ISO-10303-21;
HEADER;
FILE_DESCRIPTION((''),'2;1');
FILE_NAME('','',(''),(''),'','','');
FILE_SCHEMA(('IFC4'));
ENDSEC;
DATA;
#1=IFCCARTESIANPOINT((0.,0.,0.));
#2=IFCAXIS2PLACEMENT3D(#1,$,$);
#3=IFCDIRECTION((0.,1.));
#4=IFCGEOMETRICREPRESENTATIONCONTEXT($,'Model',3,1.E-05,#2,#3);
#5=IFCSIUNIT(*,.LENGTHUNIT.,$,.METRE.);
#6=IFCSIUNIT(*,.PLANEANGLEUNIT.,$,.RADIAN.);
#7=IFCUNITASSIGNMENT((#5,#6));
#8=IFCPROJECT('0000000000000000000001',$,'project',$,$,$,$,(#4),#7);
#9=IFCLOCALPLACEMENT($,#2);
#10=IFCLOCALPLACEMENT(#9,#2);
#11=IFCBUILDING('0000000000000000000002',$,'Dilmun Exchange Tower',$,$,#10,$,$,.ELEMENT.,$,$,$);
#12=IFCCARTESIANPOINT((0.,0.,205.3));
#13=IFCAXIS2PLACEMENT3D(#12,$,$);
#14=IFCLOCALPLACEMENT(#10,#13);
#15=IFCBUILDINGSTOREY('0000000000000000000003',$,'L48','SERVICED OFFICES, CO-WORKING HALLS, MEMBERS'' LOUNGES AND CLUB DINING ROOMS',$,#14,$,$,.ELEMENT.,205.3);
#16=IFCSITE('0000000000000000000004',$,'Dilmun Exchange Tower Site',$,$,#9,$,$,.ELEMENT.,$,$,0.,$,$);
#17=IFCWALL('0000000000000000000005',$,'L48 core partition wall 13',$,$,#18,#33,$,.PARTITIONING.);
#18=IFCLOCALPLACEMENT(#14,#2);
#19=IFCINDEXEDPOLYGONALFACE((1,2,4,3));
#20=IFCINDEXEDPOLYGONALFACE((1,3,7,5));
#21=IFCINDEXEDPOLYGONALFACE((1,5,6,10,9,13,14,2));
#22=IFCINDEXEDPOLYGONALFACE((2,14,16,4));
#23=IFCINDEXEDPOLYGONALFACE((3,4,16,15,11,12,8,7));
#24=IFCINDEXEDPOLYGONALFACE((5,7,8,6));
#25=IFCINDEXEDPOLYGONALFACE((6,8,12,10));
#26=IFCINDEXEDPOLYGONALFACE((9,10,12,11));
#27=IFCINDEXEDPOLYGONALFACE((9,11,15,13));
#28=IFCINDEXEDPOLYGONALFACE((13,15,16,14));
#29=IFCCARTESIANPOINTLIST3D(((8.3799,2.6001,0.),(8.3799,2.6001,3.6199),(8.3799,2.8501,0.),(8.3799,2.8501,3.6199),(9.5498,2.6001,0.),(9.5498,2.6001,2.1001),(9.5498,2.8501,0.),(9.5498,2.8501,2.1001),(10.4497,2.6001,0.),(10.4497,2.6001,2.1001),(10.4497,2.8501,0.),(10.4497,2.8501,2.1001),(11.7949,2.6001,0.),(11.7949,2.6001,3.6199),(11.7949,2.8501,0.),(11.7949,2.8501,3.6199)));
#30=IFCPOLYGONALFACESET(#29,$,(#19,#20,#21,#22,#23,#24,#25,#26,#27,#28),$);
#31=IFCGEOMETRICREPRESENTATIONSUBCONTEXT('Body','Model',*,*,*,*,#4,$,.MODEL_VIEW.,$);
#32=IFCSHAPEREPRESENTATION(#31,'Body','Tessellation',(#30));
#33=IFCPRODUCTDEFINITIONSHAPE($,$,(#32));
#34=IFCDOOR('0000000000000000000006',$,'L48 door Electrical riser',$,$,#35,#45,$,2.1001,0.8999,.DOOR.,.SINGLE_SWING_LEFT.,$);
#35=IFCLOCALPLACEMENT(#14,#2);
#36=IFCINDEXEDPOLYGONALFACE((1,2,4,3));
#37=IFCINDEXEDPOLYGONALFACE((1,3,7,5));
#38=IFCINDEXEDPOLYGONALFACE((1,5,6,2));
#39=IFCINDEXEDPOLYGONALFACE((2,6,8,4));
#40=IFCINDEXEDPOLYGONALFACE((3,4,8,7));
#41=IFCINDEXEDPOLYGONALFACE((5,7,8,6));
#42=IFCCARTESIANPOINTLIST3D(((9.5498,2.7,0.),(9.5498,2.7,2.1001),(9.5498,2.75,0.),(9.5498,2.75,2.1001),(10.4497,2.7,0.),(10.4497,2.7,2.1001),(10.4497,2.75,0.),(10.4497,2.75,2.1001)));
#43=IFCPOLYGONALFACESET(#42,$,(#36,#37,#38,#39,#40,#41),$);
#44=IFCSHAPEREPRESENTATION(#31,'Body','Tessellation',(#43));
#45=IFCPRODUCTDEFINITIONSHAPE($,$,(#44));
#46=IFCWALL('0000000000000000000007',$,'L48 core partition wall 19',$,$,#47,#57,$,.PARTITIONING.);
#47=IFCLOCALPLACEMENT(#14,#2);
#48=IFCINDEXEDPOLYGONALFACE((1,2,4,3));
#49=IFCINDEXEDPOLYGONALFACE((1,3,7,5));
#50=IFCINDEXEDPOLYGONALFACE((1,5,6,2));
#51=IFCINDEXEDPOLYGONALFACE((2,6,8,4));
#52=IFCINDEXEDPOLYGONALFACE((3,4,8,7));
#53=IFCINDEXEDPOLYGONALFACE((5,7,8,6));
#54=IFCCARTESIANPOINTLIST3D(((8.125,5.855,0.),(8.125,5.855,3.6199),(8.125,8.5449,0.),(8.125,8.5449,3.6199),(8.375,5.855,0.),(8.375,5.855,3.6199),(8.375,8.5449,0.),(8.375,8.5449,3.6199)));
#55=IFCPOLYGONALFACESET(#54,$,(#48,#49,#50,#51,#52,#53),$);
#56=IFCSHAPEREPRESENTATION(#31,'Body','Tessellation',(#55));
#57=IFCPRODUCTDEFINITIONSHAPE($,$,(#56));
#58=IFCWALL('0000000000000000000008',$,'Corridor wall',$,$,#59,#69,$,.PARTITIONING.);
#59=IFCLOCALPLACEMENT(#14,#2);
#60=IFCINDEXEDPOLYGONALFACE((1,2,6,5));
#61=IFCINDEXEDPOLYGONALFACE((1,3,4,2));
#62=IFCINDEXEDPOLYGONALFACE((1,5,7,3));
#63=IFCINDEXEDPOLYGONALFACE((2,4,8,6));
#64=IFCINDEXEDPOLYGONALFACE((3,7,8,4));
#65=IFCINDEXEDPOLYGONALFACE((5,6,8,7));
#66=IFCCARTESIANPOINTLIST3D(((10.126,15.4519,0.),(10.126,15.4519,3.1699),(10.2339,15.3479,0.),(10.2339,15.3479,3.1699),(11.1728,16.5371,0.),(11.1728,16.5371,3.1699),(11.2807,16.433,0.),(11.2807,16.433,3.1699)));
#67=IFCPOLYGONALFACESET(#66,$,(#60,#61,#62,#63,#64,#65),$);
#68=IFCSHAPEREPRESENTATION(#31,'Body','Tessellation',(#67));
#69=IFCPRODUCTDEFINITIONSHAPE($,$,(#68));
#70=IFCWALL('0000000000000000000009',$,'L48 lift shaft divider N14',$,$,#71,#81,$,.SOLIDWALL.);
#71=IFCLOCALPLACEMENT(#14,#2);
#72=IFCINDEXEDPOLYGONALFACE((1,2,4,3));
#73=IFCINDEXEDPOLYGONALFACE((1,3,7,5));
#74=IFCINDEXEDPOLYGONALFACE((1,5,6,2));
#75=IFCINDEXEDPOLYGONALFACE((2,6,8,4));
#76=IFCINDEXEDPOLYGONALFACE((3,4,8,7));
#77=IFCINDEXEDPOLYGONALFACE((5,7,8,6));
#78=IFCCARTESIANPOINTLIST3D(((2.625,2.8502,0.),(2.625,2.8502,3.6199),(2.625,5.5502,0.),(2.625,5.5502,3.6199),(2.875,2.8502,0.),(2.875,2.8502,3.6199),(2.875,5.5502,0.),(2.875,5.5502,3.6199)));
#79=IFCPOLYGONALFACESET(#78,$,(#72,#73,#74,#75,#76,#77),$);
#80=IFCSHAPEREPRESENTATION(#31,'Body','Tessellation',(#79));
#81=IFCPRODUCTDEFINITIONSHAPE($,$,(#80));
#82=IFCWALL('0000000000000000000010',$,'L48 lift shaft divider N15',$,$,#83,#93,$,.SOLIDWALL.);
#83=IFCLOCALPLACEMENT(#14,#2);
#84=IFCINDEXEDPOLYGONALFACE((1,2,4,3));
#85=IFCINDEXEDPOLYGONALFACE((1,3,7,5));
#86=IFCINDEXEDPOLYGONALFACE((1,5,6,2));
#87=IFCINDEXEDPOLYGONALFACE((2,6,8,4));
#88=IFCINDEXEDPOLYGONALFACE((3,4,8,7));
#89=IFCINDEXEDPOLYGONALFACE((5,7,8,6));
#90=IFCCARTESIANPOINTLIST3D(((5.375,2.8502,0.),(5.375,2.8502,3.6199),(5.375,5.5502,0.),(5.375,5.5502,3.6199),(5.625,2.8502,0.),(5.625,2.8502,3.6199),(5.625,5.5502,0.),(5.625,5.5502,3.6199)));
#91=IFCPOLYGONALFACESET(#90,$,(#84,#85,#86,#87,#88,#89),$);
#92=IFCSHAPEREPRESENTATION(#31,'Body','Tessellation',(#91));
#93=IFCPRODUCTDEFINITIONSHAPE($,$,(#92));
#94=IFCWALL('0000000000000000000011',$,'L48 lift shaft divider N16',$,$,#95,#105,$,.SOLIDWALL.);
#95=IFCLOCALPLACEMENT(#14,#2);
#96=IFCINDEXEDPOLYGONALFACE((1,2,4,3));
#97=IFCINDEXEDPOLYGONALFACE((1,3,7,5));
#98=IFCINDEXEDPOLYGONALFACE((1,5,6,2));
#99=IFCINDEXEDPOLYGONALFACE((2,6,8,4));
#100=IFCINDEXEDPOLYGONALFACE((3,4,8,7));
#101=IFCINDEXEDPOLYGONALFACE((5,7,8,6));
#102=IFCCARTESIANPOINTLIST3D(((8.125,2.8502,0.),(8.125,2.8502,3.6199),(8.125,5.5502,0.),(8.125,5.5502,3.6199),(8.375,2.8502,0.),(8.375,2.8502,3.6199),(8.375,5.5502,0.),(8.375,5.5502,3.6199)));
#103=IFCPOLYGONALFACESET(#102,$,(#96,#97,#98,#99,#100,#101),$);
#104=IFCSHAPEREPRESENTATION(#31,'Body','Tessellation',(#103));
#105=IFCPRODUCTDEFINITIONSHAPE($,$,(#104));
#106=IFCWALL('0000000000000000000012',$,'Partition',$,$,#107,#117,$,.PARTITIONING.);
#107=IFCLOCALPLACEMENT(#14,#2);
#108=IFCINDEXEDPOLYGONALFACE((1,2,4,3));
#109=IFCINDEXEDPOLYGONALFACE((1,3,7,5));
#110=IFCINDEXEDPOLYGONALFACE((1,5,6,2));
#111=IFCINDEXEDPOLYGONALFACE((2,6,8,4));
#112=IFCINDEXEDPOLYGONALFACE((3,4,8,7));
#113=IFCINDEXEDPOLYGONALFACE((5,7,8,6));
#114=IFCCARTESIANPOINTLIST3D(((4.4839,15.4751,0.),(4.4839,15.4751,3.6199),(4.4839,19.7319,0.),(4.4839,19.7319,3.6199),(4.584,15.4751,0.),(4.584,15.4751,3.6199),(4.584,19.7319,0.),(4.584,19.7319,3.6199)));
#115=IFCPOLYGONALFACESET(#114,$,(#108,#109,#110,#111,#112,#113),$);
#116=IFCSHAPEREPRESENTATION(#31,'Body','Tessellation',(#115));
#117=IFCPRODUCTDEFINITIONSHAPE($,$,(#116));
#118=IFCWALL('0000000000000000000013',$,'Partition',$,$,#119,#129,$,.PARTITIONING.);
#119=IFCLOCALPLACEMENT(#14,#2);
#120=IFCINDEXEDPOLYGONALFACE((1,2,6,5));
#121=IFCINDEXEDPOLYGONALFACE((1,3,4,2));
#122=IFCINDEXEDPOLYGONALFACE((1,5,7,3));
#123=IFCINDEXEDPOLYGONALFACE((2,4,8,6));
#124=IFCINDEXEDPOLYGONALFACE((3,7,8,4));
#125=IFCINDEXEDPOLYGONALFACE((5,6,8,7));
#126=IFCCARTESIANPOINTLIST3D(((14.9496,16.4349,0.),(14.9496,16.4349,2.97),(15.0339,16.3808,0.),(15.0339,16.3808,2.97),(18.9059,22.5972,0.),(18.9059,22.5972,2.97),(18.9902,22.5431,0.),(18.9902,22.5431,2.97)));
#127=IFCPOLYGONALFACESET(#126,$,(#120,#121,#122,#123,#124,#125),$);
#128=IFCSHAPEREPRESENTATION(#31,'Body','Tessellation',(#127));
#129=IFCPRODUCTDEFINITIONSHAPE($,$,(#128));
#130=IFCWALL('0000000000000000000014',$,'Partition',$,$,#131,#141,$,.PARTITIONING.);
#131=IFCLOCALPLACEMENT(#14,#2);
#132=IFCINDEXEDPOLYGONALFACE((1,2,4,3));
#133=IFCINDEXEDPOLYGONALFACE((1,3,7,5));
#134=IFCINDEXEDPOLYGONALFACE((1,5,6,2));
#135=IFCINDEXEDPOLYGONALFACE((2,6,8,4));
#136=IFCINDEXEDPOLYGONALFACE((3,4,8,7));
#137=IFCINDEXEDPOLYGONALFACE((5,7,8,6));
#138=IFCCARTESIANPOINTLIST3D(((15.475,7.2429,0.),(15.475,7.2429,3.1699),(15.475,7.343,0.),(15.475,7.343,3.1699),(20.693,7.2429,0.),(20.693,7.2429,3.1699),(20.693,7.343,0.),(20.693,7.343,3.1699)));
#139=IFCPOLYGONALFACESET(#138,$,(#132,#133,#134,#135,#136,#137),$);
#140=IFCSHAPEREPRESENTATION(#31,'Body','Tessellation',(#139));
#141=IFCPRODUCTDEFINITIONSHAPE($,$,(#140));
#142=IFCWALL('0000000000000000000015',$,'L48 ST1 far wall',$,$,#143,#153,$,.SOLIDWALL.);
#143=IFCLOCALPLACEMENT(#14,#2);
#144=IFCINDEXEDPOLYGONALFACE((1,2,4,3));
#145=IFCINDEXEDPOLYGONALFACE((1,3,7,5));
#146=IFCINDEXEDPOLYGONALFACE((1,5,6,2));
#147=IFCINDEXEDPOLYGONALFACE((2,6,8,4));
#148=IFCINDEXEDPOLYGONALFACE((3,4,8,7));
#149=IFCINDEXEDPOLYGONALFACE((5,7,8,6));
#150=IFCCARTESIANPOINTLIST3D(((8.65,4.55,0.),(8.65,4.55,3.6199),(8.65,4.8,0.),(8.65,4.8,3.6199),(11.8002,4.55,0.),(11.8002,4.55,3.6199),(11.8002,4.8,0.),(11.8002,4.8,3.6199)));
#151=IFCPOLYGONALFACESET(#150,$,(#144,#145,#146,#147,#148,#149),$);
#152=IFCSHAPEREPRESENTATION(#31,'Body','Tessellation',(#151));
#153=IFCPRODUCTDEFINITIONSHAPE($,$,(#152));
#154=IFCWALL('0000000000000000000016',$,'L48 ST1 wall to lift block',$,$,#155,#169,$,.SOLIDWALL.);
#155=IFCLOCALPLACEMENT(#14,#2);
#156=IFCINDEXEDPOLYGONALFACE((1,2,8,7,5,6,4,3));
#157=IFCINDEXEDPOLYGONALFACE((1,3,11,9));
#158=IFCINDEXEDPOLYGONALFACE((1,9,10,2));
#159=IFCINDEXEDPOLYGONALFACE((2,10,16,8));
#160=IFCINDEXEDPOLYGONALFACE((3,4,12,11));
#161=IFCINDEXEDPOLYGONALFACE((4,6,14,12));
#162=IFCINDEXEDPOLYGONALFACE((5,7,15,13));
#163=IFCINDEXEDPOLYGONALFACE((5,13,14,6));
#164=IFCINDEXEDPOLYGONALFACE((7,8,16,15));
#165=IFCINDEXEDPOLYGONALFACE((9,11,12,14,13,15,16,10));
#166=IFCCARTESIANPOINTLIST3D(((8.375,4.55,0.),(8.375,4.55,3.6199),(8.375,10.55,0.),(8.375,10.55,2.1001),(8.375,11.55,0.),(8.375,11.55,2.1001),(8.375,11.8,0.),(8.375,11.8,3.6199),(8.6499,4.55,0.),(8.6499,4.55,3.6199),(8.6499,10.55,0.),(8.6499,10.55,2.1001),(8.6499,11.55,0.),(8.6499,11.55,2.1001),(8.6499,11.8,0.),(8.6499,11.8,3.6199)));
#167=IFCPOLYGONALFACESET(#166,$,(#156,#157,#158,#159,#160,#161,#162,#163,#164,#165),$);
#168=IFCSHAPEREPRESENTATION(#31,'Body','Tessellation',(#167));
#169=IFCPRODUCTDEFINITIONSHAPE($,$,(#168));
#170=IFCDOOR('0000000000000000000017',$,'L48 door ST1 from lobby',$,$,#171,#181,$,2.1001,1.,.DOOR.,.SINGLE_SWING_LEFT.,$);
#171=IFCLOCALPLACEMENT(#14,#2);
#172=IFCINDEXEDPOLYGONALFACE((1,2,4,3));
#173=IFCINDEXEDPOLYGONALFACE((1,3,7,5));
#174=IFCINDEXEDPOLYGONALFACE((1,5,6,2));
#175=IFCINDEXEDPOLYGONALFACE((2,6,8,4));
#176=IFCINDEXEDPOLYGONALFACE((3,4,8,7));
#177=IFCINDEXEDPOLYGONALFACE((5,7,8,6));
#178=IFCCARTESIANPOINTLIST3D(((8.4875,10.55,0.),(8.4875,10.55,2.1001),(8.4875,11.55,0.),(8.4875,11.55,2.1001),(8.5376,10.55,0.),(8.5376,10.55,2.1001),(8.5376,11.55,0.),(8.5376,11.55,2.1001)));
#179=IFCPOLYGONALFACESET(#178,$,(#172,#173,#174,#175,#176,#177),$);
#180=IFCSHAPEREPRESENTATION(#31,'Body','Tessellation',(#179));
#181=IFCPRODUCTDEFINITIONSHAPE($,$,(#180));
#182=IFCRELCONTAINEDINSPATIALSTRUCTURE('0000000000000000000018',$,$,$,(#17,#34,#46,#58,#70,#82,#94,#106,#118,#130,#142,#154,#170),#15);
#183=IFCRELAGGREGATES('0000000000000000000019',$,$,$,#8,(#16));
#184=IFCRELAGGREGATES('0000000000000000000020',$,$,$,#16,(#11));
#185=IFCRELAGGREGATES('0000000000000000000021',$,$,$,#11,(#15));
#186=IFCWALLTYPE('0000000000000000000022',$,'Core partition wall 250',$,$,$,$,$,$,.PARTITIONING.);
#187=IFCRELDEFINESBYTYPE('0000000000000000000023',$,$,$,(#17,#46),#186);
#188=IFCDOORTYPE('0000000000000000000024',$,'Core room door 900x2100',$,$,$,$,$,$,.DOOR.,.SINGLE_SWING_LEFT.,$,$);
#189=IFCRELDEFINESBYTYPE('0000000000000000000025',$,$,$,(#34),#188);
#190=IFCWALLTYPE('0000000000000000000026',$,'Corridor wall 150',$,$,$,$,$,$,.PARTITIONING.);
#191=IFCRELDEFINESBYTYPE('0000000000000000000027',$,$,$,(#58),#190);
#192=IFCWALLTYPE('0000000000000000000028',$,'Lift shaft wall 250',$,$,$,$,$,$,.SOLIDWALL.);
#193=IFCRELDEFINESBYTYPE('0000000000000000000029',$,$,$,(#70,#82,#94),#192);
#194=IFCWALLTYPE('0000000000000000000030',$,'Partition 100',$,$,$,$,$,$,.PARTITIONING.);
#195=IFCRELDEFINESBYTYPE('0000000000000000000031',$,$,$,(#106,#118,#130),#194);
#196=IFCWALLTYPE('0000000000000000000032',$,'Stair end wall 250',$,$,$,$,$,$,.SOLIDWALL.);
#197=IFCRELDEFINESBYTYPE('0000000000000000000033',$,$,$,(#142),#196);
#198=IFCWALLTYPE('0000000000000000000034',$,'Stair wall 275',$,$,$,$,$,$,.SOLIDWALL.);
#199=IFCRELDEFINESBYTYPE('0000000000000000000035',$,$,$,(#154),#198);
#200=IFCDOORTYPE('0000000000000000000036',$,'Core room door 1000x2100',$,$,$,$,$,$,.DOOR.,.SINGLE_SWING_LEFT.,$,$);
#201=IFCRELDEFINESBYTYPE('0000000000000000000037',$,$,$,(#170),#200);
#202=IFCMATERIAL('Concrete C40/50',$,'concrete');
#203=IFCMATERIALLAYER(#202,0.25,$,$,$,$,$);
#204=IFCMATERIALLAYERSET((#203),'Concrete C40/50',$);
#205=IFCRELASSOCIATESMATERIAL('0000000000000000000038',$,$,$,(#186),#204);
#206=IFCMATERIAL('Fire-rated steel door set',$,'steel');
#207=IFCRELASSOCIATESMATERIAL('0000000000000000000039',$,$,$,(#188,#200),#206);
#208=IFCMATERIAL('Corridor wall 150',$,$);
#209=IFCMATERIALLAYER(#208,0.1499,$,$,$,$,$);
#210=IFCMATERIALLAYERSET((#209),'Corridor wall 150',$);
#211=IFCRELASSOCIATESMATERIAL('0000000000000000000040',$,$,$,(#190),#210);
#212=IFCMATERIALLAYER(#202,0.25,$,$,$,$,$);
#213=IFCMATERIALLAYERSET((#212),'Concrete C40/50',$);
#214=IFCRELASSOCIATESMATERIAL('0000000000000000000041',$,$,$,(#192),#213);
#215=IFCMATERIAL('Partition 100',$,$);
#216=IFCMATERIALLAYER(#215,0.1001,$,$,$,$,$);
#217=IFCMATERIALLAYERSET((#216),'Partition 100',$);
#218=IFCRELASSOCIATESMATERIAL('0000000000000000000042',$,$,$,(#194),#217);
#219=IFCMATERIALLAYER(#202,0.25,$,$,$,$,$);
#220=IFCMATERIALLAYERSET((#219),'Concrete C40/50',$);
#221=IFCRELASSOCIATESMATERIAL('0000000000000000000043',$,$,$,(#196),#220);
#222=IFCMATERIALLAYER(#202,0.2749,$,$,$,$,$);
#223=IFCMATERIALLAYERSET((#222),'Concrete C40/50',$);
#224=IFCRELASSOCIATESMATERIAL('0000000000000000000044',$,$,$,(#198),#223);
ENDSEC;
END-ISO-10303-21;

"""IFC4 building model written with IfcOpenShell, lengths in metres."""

from ifc_helpers import new_model, si_unit, direction, frame, frame_2d, origin, place, context, subcontext, project, spatial, rectangle, extrude, material, layer, layer_set, type_object, element, fill, save


model = new_model("IFC4")

# Units and contexts
model_context = context("Model", 3, precision=1e-05, world=origin(), true_north=direction((0.0, 1.0)))
body_context = subcontext(model_context, "Body", "Model", "MODEL_VIEW")
ifc_project = project(units=[si_unit("LENGTHUNIT", "METRE"), si_unit("PLANEANGLEUNIT", "RADIAN")], contexts=[model_context])

# Site, building, storey
site_placement = place(None, origin())
site = spatial("IfcSite", under=ifc_project, at=site_placement, Name="Dilmun Exchange Tower Site", CompositionType="ELEMENT", RefElevation=0.0)
building_placement = place(site_placement, origin())
building = spatial("IfcBuilding", under=site, at=building_placement, Name="Dilmun Exchange Tower", CompositionType="ELEMENT")
storey_placement = place(building_placement, frame((0.0, 0.0, 205.3)))
storey = spatial("IfcBuildingStorey", under=building, at=storey_placement, Name="L48", Description="SERVICED OFFICES, CO-WORKING HALLS, MEMBERS' LOUNGES AND CLUB DINING ROOMS", CompositionType="ELEMENT", Elevation=205.3)

# Wall, opening, door
ifc_material_1 = material(Name="Concrete C40/50", Category="concrete")
ifc_layer_1 = layer(ifc_material_1, 0.25)
ifc_layer_set_1 = layer_set([ifc_layer_1], Name="Concrete C40/50")
wall_type_1 = type_object("IfcWallType", Name="Core partition wall 250", PredefinedType="PARTITIONING", material=ifc_layer_set_1)
wall_1_placement = place(storey_placement, frame((8.3799, 2.7251, 0.0), z_axis=(0.0, 0.0, 1.0), x_axis=(1.0, 0.0, 0.0)))
wall_1 = element("IfcWall", 1, at=wall_1_placement, inside=storey, type_object=wall_type_1, Name="L48 core partition wall 13", PredefinedType="PARTITIONING", context=body_context, shape_type="SweptSolid", body=[
    extrude(rectangle(XDim=3.415, YDim=0.25, at=frame_2d((1.7075, 0.0))), origin(), (0.0, 0.0, 1.0), 3.6199),
])
opening_1_placement = place(wall_1_placement, frame((1.1699, 0.0, 0.0)))
opening_1 = element("IfcOpeningElement", 2, at=opening_1_placement, cuts=wall_1, PredefinedType="OPENING", context=body_context, shape_type="SweptSolid", body=[
    extrude(rectangle(XDim=0.8999, YDim=2.1001, at=frame_2d((0.45, 1.05))), frame((0.0, 0.135, 0.0), z_axis=(0.0, -1.0, 0.0), x_axis=(1.0, 0.0, 0.0)), (0.0, 0.0, 1.0), 0.27),
])
ifc_material_2 = material(Name="Fire-rated steel door set", Category="steel")
door_type_1 = type_object("IfcDoorType", Name="Core room door 900x2100", OperationType="SINGLE_SWING_LEFT", PredefinedType="DOOR", material=ifc_material_2)
door_1_placement = place(opening_1_placement, origin())
door_1 = element("IfcDoor", 3, at=door_1_placement, inside=storey, type_object=door_type_1, Name="L48 door Electrical riser", OperationType="SINGLE_SWING_LEFT", OverallHeight=2.1001, OverallWidth=0.8999, PredefinedType="DOOR", context=body_context, shape_type="SweptSolid", body=[
    extrude(rectangle(XDim=0.8999, YDim=2.1001, at=frame_2d((0.45, 1.05))), frame((0.0, 0.0249, 0.0), z_axis=(0.0, -1.0, 0.0), x_axis=(1.0, 0.0, 0.0)), (0.0, 0.0, 1.0), 0.05),
])
fill(opening_1, door_1)

# Walls
wall_2_placement = place(storey_placement, frame((8.25, 5.855, 0.0), z_axis=(0.0, 0.0, 1.0), x_axis=(0.0, 1.0, 0.0)))
element("IfcWall", 4, at=wall_2_placement, inside=storey, type_object=wall_type_1, Name="L48 core partition wall 19", PredefinedType="PARTITIONING", context=body_context, shape_type="SweptSolid", body=[
    extrude(rectangle(XDim=2.6899, YDim=0.25, at=frame_2d((1.345, 0.0))), origin(), (0.0, 0.0, 1.0), 3.6199),
])
ifc_material_3 = material(Name="Corridor wall 150")
ifc_layer_2 = layer(ifc_material_3, 0.1499)
ifc_layer_set_2 = layer_set([ifc_layer_2], Name="Corridor wall 150")
wall_type_2 = type_object("IfcWallType", Name="Corridor wall 150", PredefinedType="PARTITIONING", material=ifc_layer_set_2)
wall_3_placement = place(storey_placement, frame((10.1799, 15.3999, 0.0), z_axis=(0.0, 0.0, 1.0), x_axis=(0.694282, 0.719703, 0.0)))
element("IfcWall", 5, at=wall_3_placement, inside=storey, type_object=wall_type_2, Name="Corridor wall", PredefinedType="PARTITIONING", context=body_context, shape_type="SweptSolid", body=[
    extrude(rectangle(XDim=1.5078, YDim=0.1499, at=frame_2d((0.7539, 0.0))), origin(), (0.0, 0.0, 1.0), 3.1699),
])
ifc_layer_3 = layer(ifc_material_1, 0.25)
ifc_layer_set_3 = layer_set([ifc_layer_3], Name="Concrete C40/50")
wall_type_3 = type_object("IfcWallType", Name="Lift shaft wall 250", PredefinedType="SOLIDWALL", material=ifc_layer_set_3)
for number, where, z_axis, x_axis, name in (
    (6, (2.75, 2.8501, 0.0), (0.0, 0.0, 1.0), (0.0, 1.0, 0.0), "L48 lift shaft divider N14"),
    (7, (5.5, 2.8501, 0.0), (0.0, 0.0, 1.0), (0.0, 1.0, 0.0), "L48 lift shaft divider N15"),
    (8, (8.25, 2.8501, 0.0), (0.0, 0.0, 1.0), (0.0, 1.0, 0.0), "L48 lift shaft divider N16"),
):
    element("IfcWall", number, at=place(storey_placement, frame(where, z_axis=z_axis, x_axis=x_axis)), inside=storey, type_object=wall_type_3, Name=name, PredefinedType="SOLIDWALL", context=body_context, shape_type="SweptSolid", body=[
        extrude(rectangle(XDim=2.7, YDim=0.25, at=frame_2d((1.3501, 0.0))), origin(), (0.0, 0.0, 1.0), 3.6199),
    ])
ifc_material_4 = material(Name="Partition 100")
ifc_layer_4 = layer(ifc_material_4, 0.1001)
ifc_layer_set_4 = layer_set([ifc_layer_4], Name="Partition 100")
wall_type_4 = type_object("IfcWallType", Name="Partition 100", PredefinedType="PARTITIONING", material=ifc_layer_set_4)
wall_4_placement = place(storey_placement, frame((4.5339, 15.4751, 0.0), z_axis=(0.0, 0.0, 1.0), x_axis=(0.0, 1.0, 0.0)))
element("IfcWall", 9, at=wall_4_placement, inside=storey, type_object=wall_type_4, Name="Partition", PredefinedType="PARTITIONING", context=body_context, shape_type="SweptSolid", body=[
    extrude(rectangle(XDim=4.2568, YDim=0.1001, at=frame_2d((2.1284, 0.0))), origin(), (0.0, 0.0, 1.0), 3.6199),
])
wall_5_placement = place(storey_placement, frame((14.9917, 16.4077, 0.0), z_axis=(0.0, 0.0, 1.0), x_axis=(0.540254, 0.841502, 0.0)))
element("IfcWall", 10, at=wall_5_placement, inside=storey, type_object=wall_type_4, Name="Partition", PredefinedType="PARTITIONING", context=body_context, shape_type="SweptSolid", body=[
    extrude(rectangle(XDim=7.323, YDim=0.1001, at=frame_2d((3.6616, 0.0))), origin(), (0.0, 0.0, 1.0), 2.97),
])
wall_6_placement = place(storey_placement, frame((15.4751, 7.293, 0.0), z_axis=(0.0, 0.0, 1.0), x_axis=(1.0, 0.0, 0.0)))
element("IfcWall", 11, at=wall_6_placement, inside=storey, type_object=wall_type_4, Name="Partition", PredefinedType="PARTITIONING", context=body_context, shape_type="SweptSolid", body=[
    extrude(rectangle(XDim=5.218, YDim=0.1001, at=frame_2d((2.6089, 0.0))), origin(), (0.0, 0.0, 1.0), 3.1699),
])
ifc_layer_5 = layer(ifc_material_1, 0.25)
ifc_layer_set_5 = layer_set([ifc_layer_5], Name="Concrete C40/50")
wall_type_5 = type_object("IfcWallType", Name="Stair end wall 250", PredefinedType="SOLIDWALL", material=ifc_layer_set_5)
wall_7_placement = place(storey_placement, frame((8.6499, 4.675, 0.0), z_axis=(0.0, 0.0, 1.0), x_axis=(1.0, 0.0, 0.0)))
element("IfcWall", 12, at=wall_7_placement, inside=storey, type_object=wall_type_5, Name="L48 ST1 far wall", PredefinedType="SOLIDWALL", context=body_context, shape_type="SweptSolid", body=[
    extrude(rectangle(XDim=3.1501, YDim=0.25, at=frame_2d((1.5752, 0.0))), origin(), (0.0, 0.0, 1.0), 3.6199),
])

# Wall, opening, door
ifc_layer_6 = layer(ifc_material_1, 0.2749)
ifc_layer_set_6 = layer_set([ifc_layer_6], Name="Concrete C40/50")
wall_type_6 = type_object("IfcWallType", Name="Stair wall 275", PredefinedType="SOLIDWALL", material=ifc_layer_set_6)
wall_8_placement = place(storey_placement, frame((8.5125, 4.55, 0.0), z_axis=(0.0, 0.0, 1.0), x_axis=(0.0, 1.0, 0.0)))
wall_8 = element("IfcWall", 13, at=wall_8_placement, inside=storey, type_object=wall_type_6, Name="L48 ST1 wall to lift block", PredefinedType="SOLIDWALL", context=body_context, shape_type="SweptSolid", body=[
    extrude(rectangle(XDim=7.25, YDim=0.2749, at=frame_2d((3.625, 0.0))), origin(), (0.0, 0.0, 1.0), 3.6199),
])
opening_2_placement = place(wall_8_placement, frame((6.0, 0.0, 0.0)))
opening_2 = element("IfcOpeningElement", 14, at=opening_2_placement, cuts=wall_8, PredefinedType="OPENING", context=body_context, shape_type="SweptSolid", body=[
    extrude(rectangle(XDim=1.0, YDim=2.1001, at=frame_2d((0.5, 1.05))), frame((0.0, 0.1475, 0.0), z_axis=(0.0, -1.0, 0.0), x_axis=(1.0, 0.0, 0.0)), (0.0, 0.0, 1.0), 0.2949),
])
door_type_2 = type_object("IfcDoorType", Name="Core room door 1000x2100", OperationType="SINGLE_SWING_LEFT", PredefinedType="DOOR", material=ifc_material_2)
door_2_placement = place(opening_2_placement, origin())
door_2 = element("IfcDoor", 15, at=door_2_placement, inside=storey, type_object=door_type_2, Name="L48 door ST1 from lobby", OperationType="SINGLE_SWING_LEFT", OverallHeight=2.1001, OverallWidth=1.0, PredefinedType="DOOR", context=body_context, shape_type="SweptSolid", body=[
    extrude(rectangle(XDim=1.0, YDim=2.1001, at=frame_2d((0.5, 1.05))), frame((0.0, 0.0249, 0.0), z_axis=(0.0, -1.0, 0.0), x_axis=(1.0, 0.0, 0.0)), (0.0, 0.0, 1.0), 0.05),
])
fill(opening_2, door_2)

save(model, "model.ifc")
